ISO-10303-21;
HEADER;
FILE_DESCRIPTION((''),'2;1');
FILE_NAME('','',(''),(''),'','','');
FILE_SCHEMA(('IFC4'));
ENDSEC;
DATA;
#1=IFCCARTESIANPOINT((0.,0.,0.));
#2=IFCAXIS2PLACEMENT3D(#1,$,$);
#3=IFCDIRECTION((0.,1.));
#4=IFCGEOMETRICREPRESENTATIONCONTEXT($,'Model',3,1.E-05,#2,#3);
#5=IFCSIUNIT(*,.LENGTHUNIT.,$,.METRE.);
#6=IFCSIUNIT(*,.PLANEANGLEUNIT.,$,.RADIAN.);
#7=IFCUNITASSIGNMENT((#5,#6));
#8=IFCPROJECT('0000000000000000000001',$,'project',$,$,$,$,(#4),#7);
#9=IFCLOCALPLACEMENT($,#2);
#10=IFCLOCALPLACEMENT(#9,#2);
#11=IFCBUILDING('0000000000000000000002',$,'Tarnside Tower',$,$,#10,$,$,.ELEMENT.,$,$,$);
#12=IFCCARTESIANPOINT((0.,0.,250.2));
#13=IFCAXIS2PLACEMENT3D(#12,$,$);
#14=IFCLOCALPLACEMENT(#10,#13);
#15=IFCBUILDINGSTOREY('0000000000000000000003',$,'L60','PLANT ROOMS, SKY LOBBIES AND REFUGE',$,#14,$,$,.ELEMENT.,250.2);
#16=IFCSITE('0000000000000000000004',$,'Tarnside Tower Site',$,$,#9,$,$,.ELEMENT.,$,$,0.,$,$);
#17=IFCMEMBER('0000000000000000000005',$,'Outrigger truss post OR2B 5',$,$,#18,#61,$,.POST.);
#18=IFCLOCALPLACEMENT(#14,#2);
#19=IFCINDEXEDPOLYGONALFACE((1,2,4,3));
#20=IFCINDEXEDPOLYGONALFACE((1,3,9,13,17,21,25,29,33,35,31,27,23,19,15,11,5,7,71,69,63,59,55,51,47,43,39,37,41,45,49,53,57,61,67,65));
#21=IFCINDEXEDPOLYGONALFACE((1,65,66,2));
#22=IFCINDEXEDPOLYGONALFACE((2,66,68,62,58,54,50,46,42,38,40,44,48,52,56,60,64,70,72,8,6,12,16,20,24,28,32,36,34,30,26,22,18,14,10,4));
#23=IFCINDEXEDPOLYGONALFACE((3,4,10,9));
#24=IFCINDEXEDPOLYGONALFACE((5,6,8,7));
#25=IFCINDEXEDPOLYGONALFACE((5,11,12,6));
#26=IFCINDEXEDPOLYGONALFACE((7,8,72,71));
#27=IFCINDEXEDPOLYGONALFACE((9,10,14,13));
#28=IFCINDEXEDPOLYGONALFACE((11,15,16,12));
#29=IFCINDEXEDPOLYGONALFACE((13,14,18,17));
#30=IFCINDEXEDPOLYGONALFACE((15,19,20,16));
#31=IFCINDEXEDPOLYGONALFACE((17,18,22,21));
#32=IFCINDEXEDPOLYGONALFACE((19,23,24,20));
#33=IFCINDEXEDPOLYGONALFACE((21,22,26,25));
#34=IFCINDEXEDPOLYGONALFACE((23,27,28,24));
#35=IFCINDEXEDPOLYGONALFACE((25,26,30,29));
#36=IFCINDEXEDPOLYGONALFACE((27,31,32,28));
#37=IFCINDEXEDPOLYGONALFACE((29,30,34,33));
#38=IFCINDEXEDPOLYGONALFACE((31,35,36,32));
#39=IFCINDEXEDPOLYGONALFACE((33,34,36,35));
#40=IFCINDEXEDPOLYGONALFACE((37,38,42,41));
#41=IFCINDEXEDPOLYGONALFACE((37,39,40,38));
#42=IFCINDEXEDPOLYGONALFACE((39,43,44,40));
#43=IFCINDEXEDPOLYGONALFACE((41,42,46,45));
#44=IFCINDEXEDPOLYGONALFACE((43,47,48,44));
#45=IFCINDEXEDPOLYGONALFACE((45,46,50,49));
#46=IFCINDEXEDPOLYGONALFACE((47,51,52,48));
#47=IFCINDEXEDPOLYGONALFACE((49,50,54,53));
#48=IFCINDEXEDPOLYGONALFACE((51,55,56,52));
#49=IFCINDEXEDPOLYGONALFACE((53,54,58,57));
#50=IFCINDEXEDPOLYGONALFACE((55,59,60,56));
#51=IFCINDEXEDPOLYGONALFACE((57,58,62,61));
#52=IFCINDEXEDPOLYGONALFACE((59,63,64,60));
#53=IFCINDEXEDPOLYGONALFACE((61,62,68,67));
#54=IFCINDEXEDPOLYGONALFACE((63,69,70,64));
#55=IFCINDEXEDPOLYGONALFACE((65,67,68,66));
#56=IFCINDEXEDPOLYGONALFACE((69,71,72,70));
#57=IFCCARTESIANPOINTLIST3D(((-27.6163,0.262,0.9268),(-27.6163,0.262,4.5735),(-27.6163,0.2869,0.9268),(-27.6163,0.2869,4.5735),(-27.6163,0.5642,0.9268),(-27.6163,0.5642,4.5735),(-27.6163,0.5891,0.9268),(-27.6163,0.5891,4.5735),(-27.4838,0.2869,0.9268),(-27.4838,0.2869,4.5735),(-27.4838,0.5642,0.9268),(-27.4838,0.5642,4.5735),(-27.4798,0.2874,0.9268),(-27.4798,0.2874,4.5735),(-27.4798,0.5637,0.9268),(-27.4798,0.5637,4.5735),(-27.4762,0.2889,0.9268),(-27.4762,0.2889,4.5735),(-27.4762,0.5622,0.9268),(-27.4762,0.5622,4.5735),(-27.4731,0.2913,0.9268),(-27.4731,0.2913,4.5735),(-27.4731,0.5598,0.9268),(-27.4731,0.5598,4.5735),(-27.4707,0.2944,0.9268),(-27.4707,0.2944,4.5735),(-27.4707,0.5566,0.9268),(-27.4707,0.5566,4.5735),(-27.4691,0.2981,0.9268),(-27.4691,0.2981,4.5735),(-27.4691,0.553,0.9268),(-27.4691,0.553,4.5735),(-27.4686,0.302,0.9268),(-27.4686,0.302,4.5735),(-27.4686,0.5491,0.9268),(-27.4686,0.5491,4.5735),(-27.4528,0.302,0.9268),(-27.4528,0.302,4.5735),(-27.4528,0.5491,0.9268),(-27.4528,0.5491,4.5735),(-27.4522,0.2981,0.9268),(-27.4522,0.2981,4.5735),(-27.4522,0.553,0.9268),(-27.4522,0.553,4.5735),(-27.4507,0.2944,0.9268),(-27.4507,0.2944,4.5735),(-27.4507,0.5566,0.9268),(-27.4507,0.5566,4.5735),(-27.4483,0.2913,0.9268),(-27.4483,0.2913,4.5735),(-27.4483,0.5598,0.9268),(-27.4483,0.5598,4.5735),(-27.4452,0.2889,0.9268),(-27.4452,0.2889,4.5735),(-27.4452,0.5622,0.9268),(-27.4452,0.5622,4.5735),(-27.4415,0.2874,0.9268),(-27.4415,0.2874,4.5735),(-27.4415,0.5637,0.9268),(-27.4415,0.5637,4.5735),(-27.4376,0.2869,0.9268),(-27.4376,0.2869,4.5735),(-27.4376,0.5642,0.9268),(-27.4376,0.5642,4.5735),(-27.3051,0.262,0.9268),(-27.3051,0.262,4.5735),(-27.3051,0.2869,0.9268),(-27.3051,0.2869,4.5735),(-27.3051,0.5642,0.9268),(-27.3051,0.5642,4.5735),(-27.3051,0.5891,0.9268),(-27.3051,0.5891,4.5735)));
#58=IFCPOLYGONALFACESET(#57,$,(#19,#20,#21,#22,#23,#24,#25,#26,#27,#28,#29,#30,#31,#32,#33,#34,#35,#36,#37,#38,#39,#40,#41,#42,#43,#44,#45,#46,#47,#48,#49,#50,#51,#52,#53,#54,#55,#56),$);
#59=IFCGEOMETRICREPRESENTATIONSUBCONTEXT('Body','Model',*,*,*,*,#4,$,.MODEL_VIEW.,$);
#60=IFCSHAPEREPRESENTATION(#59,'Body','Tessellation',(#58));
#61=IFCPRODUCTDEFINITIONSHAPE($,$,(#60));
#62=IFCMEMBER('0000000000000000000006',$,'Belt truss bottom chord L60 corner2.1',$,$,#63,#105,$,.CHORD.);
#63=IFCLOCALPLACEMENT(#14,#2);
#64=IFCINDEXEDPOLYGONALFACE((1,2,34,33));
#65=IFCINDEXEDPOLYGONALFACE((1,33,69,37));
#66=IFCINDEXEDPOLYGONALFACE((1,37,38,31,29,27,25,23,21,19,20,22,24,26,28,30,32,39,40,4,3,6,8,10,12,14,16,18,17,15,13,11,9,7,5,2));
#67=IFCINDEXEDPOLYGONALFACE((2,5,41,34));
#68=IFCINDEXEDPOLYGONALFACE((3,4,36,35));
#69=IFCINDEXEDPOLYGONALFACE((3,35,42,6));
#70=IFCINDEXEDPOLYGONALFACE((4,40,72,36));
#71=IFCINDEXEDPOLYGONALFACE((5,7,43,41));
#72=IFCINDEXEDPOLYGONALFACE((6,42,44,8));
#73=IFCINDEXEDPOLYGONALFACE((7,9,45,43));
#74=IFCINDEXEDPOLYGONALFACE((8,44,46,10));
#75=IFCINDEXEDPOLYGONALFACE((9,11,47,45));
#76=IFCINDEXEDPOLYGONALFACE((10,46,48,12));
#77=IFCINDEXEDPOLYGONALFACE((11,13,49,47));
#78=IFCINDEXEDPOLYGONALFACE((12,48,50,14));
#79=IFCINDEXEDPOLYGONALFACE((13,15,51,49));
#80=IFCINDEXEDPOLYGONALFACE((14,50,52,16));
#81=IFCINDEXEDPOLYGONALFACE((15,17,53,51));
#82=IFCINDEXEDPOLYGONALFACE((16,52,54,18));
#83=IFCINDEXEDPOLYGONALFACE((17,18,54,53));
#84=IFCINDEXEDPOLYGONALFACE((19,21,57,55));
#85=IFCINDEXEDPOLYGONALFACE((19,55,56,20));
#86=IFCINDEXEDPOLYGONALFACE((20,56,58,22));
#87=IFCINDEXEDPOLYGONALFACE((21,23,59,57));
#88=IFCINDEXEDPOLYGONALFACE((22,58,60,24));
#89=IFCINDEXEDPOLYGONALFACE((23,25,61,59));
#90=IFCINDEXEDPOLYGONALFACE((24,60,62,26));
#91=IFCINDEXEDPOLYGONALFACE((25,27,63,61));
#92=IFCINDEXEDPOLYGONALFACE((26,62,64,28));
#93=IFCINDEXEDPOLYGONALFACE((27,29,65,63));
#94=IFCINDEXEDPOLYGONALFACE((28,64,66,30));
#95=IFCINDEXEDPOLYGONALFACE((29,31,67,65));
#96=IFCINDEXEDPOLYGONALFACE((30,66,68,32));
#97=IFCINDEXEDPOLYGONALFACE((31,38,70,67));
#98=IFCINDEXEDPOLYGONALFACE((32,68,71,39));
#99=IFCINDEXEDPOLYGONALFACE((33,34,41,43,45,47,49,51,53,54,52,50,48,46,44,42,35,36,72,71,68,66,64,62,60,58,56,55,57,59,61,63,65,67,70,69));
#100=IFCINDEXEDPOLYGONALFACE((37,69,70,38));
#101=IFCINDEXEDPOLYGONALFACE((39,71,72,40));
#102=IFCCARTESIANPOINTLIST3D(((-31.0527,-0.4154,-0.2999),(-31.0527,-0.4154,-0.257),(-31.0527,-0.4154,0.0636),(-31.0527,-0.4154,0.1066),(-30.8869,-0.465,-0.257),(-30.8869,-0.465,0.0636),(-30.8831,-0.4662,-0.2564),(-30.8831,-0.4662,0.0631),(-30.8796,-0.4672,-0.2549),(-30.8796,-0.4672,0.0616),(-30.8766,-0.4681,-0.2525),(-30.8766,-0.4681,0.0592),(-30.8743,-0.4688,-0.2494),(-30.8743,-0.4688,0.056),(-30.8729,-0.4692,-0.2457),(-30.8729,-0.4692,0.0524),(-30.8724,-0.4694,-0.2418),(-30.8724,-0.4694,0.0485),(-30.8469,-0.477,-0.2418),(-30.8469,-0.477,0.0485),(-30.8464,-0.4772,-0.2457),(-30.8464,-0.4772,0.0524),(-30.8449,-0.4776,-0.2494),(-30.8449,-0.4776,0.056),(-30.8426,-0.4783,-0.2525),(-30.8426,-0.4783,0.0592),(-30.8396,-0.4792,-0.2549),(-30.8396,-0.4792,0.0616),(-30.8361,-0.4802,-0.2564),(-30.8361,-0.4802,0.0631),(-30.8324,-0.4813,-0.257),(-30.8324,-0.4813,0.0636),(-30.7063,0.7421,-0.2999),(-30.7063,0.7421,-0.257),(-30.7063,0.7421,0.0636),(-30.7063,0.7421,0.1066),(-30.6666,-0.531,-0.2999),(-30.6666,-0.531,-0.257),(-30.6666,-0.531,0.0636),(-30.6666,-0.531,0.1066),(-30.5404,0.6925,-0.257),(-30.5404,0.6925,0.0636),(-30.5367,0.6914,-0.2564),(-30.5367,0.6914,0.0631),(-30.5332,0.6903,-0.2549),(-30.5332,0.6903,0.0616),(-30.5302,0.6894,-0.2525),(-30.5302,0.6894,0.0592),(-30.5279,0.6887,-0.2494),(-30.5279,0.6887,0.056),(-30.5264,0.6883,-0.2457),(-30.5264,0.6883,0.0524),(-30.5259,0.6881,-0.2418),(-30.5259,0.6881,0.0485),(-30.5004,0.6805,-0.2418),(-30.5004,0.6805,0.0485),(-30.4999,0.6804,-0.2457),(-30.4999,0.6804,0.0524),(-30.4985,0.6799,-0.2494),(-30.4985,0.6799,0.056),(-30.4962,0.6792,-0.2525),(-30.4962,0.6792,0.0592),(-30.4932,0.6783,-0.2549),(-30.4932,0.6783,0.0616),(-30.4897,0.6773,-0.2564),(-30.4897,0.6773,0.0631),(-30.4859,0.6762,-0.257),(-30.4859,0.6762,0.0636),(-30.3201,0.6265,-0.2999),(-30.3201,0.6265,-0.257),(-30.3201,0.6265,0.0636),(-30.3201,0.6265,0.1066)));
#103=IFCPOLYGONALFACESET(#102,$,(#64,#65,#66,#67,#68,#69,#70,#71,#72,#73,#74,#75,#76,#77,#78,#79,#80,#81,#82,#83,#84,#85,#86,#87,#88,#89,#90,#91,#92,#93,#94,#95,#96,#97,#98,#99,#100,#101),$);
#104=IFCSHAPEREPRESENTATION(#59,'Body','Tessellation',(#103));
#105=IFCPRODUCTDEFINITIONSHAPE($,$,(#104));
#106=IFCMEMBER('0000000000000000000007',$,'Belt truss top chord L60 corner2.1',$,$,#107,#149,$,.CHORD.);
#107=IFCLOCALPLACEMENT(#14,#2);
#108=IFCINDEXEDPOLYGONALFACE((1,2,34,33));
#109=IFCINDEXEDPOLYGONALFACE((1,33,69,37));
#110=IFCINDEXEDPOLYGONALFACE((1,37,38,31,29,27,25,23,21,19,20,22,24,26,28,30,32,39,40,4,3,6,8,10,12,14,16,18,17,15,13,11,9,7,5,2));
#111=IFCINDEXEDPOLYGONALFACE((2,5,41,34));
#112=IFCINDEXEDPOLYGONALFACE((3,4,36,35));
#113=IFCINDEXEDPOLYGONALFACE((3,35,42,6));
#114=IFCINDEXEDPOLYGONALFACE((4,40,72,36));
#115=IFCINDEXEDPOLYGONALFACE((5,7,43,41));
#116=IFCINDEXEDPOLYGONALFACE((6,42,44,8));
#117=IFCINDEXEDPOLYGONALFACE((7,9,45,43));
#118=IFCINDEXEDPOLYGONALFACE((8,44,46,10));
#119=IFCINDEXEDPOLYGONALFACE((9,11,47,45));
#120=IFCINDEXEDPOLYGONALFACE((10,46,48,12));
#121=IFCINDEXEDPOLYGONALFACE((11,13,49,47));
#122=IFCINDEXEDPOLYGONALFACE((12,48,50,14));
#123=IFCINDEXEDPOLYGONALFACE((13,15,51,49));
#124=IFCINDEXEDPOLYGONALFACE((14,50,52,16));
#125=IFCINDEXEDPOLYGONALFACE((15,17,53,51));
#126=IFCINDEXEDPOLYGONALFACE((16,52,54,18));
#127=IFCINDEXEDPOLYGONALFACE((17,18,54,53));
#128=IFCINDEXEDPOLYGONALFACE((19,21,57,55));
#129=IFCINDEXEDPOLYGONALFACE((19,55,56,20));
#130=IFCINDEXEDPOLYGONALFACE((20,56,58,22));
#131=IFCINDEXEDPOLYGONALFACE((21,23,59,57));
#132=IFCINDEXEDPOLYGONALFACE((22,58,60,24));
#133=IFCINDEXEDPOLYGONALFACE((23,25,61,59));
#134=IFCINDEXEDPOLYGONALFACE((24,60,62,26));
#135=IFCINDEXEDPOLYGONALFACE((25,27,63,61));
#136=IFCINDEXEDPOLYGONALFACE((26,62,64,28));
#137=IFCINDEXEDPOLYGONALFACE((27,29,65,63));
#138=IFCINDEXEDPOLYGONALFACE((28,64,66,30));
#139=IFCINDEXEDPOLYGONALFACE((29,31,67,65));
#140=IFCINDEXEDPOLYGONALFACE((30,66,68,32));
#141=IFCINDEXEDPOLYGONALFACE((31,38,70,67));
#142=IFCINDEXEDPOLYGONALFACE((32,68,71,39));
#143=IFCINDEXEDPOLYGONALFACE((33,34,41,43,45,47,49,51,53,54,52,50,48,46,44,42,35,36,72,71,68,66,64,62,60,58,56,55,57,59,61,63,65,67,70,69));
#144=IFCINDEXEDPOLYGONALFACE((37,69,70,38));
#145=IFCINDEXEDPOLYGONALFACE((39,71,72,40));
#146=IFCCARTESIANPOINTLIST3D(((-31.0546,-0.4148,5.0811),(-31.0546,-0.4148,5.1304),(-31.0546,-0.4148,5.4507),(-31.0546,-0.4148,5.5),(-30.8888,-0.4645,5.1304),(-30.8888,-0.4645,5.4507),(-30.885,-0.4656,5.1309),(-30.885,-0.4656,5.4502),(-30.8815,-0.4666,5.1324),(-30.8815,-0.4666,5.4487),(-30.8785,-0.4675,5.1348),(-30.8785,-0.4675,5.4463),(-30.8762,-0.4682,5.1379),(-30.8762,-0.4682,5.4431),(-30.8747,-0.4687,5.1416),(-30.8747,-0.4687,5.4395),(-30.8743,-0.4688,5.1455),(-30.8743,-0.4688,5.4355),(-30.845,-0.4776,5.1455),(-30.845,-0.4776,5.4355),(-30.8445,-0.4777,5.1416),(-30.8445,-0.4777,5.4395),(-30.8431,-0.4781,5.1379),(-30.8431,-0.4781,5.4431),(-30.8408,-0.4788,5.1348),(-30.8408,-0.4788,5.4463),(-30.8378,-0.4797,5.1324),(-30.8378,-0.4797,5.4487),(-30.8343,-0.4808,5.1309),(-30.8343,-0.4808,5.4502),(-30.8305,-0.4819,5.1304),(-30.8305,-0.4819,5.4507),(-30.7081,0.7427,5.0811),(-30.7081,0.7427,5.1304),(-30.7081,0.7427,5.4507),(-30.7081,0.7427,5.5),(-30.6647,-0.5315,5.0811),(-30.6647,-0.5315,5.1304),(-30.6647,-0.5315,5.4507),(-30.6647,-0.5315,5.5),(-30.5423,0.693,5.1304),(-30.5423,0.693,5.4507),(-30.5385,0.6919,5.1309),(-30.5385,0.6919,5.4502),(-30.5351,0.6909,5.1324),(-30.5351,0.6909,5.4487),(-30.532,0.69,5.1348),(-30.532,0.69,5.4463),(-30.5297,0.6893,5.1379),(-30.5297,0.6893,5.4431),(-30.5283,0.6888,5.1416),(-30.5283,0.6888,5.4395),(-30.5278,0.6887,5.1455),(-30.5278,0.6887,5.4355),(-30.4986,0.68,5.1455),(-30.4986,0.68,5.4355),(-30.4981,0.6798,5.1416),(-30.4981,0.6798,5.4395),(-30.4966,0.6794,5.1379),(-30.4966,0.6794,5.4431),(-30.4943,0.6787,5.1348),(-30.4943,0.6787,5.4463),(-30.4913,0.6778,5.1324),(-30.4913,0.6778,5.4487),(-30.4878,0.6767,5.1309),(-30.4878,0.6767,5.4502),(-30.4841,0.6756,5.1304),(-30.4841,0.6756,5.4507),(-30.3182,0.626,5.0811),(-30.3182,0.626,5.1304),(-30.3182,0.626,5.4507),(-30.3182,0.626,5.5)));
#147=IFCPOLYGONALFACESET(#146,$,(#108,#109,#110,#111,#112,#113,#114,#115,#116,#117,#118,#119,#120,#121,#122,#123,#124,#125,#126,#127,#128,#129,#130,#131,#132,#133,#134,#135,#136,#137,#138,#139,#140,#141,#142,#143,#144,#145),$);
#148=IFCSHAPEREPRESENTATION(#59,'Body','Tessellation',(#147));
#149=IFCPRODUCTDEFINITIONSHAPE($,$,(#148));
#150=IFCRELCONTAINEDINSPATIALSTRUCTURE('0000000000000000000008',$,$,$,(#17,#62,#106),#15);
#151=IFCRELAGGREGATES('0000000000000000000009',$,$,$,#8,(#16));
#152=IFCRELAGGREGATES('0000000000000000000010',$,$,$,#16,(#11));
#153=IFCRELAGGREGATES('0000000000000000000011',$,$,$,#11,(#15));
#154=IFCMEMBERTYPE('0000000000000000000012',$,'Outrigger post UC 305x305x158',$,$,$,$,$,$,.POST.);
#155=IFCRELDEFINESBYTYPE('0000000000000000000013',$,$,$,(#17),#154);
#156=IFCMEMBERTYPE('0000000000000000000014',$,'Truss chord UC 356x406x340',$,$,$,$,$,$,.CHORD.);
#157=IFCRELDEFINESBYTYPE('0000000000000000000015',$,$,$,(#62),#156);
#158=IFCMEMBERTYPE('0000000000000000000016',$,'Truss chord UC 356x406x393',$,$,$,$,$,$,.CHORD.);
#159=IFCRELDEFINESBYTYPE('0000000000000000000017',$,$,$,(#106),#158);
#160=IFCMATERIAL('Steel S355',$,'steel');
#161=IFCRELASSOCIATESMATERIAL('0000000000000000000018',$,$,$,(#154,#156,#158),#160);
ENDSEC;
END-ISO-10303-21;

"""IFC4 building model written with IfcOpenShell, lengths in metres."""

from ifc_helpers import new_model, si_unit, direction, frame, origin, origin_2d, place, context, subcontext, project, spatial, i_section, extrude, material, material_profile, profile_set, type_object, element, save


model = new_model("IFC4")

# Units and contexts
model_context = context("Model", 3, precision=1e-05, world=origin(), true_north=direction((0.0, 1.0)))
body_context = subcontext(model_context, "Body", "Model", "MODEL_VIEW")
ifc_project = project(units=[si_unit("LENGTHUNIT", "METRE"), si_unit("PLANEANGLEUNIT", "RADIAN")], contexts=[model_context])

# Site, building, storey
site_placement = place(None, origin())
site = spatial("IfcSite", under=ifc_project, at=site_placement, Name="Tarnside Tower Site", CompositionType="ELEMENT", RefElevation=0.0)
building_placement = place(site_placement, origin())
building = spatial("IfcBuilding", under=site, at=building_placement, Name="Tarnside Tower", CompositionType="ELEMENT")
storey_placement = place(building_placement, frame((0.0, 0.0, 250.2)))
storey = spatial("IfcBuildingStorey", under=building, at=storey_placement, Name="L60", Description="PLANT ROOMS, SKY LOBBIES AND REFUGE", CompositionType="ELEMENT", Elevation=250.2)

# Shared definitions
ifc_material_1 = material(Name="Steel S355", Category="steel")

# Members
ifc_material_profile_1 = material_profile(ifc_material_1, i_section(OverallWidth=0.3113, OverallDepth=0.3271, WebThickness=0.0159, FlangeThickness=0.0249, FilletRadius=0.0151, at=origin_2d()), Name="UC 305x305x158")
ifc_profile_set_1 = profile_set([ifc_material_profile_1], Name="Steel S355")
member_type_1 = type_object("IfcMemberType", Name="Outrigger post UC 305x305x158", PredefinedType="POST", material=ifc_profile_set_1)
member_1_placement = place(storey_placement, frame((-27.4607, 0.4255, 0.9268), z_axis=(0.0, 0.0, 1.0), x_axis=(-1.0, 0.0, 0.0)))
element("IfcMember", 1, at=member_1_placement, inside=storey, type_object=member_type_1, Name="Outrigger truss post OR2B 5", PredefinedType="POST", context=body_context, shape_type="SweptSolid", body=[
    extrude(i_section(OverallWidth=0.3113, OverallDepth=0.3271, WebThickness=0.0159, FlangeThickness=0.0249, FilletRadius=0.0151, at=origin_2d()), origin(), (0.0, 0.0, 1.0), 3.6467),
])
ifc_material_profile_2 = material_profile(ifc_material_1, i_section(OverallWidth=0.4031, OverallDepth=0.4065, WebThickness=0.0266, FlangeThickness=0.043, FilletRadius=0.0151, at=origin_2d()), Name="UC 356x406x340")
ifc_profile_set_2 = profile_set([ifc_material_profile_2], Name="Steel S355")
member_type_2 = type_object("IfcMemberType", Name="Truss chord UC 356x406x340", PredefinedType="CHORD", material=ifc_profile_set_2)
member_2_placement = place(storey_placement, frame((-30.5132, 0.6843, -0.0967), z_axis=(-0.286736, -0.95801, 0.0), x_axis=(0.95801, -0.286736, 0.0)))
element("IfcMember", 2, at=member_2_placement, inside=storey, type_object=member_type_2, Name="Belt truss bottom chord L60 corner2.1", PredefinedType="CHORD", context=body_context, shape_type="SweptSolid", body=[
    extrude(i_section(OverallWidth=0.4031, OverallDepth=0.4065, WebThickness=0.0266, FlangeThickness=0.043, FilletRadius=0.0151, at=origin_2d()), origin(), (0.0, 0.0, 1.0), 1.2083),
])
ifc_material_profile_3 = material_profile(ifc_material_1, i_section(OverallWidth=0.407, OverallDepth=0.4189, WebThickness=0.0305, FlangeThickness=0.0493, FilletRadius=0.0151, at=origin_2d()), Name="UC 356x406x393")
ifc_profile_set_3 = profile_set([ifc_material_profile_3], Name="Steel S355")
member_type_3 = type_object("IfcMemberType", Name="Truss chord UC 356x406x393", PredefinedType="CHORD", material=ifc_profile_set_3)
member_3_placement = place(storey_placement, frame((-30.5132, 0.6843, 5.2905), z_axis=(-0.286736, -0.95801, 0.0), x_axis=(0.95801, -0.286736, 0.0)))
element("IfcMember", 3, at=member_3_placement, inside=storey, type_object=member_type_3, Name="Belt truss top chord L60 corner2.1", PredefinedType="CHORD", context=body_context, shape_type="SweptSolid", body=[
    extrude(i_section(OverallWidth=0.407, OverallDepth=0.4189, WebThickness=0.0305, FlangeThickness=0.0493, FilletRadius=0.0151, at=origin_2d()), origin(), (0.0, 0.0, 1.0), 1.2083),
])

save(model, "model.ifc")
